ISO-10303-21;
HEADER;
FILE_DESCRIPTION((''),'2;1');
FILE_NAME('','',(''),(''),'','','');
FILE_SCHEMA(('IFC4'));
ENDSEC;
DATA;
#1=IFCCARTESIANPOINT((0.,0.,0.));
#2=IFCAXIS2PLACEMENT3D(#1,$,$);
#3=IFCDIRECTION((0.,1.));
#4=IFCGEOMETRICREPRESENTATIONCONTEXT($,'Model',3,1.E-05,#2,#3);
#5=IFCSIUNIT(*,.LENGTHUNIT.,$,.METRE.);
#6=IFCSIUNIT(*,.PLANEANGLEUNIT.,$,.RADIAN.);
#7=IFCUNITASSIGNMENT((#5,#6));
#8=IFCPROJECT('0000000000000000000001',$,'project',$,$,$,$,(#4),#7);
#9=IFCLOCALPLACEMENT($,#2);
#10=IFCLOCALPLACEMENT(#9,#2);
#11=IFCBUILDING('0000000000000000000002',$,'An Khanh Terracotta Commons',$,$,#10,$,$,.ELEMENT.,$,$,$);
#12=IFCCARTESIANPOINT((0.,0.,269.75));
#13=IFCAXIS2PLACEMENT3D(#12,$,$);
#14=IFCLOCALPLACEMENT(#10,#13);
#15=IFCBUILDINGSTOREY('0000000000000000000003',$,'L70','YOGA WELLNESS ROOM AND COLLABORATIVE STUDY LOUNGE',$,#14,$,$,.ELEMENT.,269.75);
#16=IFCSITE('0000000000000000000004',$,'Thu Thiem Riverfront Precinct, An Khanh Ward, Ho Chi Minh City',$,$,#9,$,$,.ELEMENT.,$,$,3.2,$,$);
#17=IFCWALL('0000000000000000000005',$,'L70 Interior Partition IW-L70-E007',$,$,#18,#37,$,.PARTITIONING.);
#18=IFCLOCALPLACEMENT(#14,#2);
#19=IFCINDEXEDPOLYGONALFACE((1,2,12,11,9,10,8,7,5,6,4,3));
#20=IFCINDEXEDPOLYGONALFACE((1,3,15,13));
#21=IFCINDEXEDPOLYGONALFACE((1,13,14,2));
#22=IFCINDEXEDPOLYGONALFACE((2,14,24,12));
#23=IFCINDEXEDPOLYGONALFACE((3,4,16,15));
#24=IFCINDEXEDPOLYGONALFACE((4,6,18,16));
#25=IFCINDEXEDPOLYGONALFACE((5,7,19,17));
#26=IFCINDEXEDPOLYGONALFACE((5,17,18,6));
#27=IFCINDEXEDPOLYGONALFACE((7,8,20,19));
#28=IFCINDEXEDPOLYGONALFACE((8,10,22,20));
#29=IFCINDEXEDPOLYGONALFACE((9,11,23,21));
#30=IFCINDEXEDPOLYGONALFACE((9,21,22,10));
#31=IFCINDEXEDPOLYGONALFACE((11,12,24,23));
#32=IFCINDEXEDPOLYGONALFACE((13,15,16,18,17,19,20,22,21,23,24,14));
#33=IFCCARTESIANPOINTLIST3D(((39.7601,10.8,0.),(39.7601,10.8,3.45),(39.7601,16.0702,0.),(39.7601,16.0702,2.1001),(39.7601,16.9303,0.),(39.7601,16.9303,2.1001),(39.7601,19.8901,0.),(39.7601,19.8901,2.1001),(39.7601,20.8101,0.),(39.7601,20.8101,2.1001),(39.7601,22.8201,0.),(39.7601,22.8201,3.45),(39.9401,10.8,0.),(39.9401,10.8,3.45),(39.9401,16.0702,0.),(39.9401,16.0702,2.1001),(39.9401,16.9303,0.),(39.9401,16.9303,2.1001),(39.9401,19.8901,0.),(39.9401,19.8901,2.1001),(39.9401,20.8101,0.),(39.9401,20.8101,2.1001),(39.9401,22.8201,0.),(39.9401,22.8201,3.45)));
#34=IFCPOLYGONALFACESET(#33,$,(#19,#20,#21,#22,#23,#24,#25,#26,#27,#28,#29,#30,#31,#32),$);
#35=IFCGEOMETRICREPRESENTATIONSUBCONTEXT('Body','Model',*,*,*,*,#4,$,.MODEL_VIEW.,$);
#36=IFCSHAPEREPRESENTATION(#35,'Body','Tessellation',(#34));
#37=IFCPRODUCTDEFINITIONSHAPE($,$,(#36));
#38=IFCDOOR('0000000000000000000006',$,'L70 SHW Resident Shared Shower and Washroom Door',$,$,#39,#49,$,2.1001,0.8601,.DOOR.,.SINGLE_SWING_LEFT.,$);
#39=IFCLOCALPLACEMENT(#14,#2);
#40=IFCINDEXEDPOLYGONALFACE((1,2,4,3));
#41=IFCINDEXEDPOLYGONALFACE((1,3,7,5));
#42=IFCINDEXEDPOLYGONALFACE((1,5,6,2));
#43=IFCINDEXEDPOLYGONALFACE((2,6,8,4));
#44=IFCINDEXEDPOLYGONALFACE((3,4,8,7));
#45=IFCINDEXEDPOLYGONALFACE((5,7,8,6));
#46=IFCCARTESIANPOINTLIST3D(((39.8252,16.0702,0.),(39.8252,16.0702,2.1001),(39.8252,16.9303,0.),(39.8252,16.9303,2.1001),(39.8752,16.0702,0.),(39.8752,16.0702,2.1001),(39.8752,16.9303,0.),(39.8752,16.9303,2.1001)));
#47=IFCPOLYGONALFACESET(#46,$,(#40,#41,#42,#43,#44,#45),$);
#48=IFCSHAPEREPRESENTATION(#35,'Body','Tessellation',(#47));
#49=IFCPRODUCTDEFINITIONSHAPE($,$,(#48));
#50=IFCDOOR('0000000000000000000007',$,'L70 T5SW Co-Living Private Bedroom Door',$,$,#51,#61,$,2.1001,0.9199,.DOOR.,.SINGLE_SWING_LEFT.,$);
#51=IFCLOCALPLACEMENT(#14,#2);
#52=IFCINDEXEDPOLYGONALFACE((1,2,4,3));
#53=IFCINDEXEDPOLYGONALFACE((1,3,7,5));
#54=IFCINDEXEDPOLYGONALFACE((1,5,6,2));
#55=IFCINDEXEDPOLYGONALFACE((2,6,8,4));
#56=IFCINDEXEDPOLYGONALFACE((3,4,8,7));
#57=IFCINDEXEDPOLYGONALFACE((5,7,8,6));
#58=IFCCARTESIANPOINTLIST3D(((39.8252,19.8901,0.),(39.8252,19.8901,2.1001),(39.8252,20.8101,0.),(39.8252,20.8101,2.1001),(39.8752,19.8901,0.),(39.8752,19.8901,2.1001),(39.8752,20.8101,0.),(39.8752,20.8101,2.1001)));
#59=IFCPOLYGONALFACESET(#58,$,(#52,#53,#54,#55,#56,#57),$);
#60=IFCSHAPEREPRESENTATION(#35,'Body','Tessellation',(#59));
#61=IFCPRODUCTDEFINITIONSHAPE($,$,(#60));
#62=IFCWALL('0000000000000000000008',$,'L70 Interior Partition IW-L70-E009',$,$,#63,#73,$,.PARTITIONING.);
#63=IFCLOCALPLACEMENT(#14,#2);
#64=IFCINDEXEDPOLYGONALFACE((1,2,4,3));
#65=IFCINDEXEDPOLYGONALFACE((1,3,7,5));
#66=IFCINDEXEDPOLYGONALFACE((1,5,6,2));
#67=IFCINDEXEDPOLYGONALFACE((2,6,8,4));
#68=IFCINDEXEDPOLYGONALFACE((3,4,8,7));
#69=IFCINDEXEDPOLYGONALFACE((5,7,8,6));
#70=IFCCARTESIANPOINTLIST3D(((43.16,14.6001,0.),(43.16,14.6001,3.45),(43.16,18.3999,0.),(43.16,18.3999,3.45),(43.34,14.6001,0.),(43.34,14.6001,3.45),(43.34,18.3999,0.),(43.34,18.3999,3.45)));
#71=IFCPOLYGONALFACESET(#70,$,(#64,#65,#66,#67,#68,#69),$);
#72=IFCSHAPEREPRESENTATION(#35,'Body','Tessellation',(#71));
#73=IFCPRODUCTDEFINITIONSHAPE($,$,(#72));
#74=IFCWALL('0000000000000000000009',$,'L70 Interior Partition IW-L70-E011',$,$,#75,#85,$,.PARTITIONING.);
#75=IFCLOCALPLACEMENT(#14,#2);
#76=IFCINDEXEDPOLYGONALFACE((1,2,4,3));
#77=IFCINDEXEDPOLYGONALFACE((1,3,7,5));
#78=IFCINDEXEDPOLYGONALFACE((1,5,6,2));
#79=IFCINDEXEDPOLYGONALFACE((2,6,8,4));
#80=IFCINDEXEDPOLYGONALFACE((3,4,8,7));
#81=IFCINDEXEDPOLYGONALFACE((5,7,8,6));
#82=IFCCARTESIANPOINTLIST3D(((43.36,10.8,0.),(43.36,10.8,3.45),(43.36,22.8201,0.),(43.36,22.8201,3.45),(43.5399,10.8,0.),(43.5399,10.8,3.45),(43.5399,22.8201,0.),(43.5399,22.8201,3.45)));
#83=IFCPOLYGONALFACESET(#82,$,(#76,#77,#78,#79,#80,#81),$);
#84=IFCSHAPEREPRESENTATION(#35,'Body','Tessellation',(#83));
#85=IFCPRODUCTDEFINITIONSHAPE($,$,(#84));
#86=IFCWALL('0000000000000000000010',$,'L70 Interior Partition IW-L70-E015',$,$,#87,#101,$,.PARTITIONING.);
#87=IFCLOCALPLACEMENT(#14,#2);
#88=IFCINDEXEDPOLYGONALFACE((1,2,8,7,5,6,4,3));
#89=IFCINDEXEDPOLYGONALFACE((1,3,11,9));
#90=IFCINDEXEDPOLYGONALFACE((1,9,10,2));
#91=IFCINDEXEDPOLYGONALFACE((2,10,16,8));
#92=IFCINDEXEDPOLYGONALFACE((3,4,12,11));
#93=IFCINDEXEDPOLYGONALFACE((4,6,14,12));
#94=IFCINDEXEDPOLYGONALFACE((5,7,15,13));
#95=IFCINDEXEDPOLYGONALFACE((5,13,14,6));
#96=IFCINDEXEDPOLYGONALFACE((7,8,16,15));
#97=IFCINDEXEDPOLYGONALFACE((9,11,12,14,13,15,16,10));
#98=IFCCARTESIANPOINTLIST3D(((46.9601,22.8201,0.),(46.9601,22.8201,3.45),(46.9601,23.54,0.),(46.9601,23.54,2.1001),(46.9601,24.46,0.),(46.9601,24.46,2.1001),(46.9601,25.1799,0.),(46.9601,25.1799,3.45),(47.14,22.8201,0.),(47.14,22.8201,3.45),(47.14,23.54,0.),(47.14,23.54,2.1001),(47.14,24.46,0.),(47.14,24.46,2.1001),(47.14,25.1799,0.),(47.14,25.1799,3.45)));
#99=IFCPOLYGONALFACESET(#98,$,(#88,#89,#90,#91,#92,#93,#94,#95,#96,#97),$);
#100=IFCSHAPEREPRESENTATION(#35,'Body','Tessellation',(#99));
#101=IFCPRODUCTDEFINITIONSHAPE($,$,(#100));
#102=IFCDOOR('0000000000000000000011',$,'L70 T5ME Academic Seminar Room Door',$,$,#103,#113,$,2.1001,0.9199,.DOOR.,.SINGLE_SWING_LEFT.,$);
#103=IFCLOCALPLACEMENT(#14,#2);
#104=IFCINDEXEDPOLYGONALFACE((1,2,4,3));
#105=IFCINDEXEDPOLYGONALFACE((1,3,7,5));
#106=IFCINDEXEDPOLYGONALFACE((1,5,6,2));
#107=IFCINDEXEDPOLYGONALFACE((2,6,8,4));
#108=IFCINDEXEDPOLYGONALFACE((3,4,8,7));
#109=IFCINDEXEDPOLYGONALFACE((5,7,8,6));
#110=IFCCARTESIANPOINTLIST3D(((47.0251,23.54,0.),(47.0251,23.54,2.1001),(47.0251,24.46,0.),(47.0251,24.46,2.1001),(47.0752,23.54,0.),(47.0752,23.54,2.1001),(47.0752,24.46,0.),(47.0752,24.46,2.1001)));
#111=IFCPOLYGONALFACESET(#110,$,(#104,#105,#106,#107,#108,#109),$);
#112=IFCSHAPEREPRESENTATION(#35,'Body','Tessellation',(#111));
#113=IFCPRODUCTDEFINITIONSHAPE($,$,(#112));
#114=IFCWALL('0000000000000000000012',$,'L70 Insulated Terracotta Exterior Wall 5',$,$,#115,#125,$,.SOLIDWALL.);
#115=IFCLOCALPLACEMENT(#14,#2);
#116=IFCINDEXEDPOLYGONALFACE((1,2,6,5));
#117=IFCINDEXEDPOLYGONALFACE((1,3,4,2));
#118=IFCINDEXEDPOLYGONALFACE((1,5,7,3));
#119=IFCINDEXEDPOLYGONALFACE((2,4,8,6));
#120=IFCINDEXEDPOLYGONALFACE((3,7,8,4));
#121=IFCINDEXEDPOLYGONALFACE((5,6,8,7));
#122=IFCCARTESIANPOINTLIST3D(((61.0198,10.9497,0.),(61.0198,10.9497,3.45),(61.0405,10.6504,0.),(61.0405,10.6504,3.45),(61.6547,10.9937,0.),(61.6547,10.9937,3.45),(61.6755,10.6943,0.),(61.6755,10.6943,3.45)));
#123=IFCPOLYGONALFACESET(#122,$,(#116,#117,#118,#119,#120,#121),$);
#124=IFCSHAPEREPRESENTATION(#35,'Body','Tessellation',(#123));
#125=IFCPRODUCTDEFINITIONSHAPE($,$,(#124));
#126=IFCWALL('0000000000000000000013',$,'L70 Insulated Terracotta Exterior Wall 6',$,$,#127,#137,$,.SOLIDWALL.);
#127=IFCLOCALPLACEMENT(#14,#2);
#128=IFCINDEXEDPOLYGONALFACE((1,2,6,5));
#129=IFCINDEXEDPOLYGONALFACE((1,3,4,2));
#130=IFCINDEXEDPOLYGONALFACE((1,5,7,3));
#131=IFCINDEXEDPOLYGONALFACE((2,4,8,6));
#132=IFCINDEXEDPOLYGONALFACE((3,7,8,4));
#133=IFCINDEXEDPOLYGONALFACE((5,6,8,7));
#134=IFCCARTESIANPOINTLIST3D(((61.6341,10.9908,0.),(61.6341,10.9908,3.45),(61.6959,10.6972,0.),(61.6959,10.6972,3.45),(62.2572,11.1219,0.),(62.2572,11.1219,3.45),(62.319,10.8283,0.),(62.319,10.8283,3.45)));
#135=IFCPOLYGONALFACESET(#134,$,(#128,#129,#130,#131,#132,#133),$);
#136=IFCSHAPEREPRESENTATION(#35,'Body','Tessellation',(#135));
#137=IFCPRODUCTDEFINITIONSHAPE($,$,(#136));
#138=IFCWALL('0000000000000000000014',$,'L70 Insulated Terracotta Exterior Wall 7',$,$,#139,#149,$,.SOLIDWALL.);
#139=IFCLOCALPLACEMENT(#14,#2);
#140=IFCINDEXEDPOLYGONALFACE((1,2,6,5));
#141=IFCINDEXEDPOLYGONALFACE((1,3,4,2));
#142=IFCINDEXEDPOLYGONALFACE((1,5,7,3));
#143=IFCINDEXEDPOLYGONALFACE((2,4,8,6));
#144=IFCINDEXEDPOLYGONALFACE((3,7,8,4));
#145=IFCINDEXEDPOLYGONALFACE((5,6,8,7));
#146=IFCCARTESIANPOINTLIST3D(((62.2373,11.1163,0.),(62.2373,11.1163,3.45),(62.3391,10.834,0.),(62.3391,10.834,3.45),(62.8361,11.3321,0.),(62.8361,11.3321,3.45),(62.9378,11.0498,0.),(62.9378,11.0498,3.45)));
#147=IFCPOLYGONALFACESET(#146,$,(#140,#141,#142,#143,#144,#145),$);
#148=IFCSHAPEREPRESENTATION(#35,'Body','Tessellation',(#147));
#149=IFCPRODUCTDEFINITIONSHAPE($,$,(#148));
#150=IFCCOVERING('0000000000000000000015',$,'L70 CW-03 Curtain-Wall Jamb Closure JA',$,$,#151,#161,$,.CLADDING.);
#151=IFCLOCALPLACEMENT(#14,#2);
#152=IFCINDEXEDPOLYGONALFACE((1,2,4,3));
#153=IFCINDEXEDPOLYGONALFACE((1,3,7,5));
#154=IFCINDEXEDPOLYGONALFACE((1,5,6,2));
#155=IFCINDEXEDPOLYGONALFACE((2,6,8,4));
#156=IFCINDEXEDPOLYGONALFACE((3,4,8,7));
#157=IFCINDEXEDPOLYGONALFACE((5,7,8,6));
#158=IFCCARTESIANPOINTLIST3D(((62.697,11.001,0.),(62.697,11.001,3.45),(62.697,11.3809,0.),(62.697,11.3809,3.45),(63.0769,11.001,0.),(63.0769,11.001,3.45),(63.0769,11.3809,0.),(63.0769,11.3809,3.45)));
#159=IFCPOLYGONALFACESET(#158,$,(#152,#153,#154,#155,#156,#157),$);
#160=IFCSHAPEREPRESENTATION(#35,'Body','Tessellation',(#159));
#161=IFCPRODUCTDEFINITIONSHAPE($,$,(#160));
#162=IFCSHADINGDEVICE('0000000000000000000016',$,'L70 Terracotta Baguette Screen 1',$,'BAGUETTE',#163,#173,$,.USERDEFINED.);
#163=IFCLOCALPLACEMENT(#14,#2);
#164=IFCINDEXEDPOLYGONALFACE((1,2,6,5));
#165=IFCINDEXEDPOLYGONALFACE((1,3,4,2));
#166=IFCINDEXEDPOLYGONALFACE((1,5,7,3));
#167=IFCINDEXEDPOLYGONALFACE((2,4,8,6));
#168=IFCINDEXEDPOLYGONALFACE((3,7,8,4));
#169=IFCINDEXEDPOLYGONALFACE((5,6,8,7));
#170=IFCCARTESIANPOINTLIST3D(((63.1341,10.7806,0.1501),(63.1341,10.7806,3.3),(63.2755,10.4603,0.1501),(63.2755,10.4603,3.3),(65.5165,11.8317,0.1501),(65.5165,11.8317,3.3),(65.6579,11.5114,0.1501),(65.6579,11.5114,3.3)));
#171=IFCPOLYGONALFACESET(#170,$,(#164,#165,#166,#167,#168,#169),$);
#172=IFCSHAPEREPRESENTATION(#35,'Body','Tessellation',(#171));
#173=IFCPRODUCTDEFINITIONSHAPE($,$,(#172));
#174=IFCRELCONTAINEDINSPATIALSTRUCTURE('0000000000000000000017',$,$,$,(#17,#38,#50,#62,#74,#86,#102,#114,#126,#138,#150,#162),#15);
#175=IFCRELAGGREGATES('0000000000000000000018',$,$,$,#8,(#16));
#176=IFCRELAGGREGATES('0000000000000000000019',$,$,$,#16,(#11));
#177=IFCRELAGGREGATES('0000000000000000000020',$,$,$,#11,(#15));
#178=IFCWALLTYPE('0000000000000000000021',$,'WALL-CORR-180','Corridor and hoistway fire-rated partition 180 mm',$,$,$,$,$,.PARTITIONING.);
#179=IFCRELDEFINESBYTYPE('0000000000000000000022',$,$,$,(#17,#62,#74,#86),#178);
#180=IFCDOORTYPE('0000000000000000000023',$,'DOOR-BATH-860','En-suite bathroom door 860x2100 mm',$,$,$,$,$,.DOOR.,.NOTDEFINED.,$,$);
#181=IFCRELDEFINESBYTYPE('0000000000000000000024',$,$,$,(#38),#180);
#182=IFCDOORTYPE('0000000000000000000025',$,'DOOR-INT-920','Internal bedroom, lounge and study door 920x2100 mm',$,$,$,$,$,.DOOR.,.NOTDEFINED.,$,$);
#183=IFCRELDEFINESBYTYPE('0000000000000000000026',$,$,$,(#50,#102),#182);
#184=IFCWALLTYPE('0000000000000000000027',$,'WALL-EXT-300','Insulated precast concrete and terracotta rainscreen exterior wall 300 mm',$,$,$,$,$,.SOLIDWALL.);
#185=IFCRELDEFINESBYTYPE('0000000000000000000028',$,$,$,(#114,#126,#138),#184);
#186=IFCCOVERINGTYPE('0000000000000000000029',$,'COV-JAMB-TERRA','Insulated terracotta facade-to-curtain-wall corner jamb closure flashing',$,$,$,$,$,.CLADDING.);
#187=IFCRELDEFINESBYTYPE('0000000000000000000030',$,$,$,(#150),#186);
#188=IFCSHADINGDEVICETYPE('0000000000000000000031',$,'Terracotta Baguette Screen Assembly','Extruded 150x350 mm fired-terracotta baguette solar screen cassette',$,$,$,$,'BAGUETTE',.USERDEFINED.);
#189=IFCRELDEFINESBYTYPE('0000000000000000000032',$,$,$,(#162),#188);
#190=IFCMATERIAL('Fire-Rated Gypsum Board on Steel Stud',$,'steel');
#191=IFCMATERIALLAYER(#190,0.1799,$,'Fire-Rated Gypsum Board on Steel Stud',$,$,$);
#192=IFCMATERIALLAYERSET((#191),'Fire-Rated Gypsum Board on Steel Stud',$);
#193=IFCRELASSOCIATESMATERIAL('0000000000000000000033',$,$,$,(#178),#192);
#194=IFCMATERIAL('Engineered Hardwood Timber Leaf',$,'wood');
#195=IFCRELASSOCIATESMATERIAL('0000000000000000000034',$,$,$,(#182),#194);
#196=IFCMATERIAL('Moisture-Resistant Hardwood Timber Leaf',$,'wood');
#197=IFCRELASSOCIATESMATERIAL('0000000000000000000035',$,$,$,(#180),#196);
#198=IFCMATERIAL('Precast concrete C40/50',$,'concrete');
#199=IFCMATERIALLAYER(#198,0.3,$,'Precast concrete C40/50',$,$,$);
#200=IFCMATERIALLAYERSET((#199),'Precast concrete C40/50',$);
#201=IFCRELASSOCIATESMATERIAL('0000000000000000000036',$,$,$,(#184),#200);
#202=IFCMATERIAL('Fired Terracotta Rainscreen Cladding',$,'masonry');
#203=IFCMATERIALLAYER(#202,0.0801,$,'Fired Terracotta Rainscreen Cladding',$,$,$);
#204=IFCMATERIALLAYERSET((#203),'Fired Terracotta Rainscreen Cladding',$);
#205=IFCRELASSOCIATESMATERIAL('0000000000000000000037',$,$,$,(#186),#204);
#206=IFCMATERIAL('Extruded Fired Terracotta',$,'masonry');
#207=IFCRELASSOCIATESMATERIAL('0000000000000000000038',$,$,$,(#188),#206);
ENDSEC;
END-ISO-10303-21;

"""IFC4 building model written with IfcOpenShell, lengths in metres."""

from ifc_helpers import new_model, si_unit, direction, frame, frame_2d, origin, origin_2d, place, context, subcontext, project, spatial, rectangle, extrude, material, layer, layer_set, type_object, element, fill, save


model = new_model("IFC4")

# Units and contexts
model_context = context("Model", 3, precision=1e-05, world=origin(), true_north=direction((0.0, 1.0)))
body_context = subcontext(model_context, "Body", "Model", "MODEL_VIEW")
ifc_project = project(units=[si_unit("LENGTHUNIT", "METRE"), si_unit("PLANEANGLEUNIT", "RADIAN")], contexts=[model_context])

# Site, building, storey
site_placement = place(None, origin())
site = spatial("IfcSite", under=ifc_project, at=site_placement, Name="Thu Thiem Riverfront Precinct, An Khanh Ward, Ho Chi Minh City", CompositionType="ELEMENT", RefElevation=3.2)
building_placement = place(site_placement, origin())
building = spatial("IfcBuilding", under=site, at=building_placement, Name="An Khanh Terracotta Commons", CompositionType="ELEMENT")
storey_placement = place(building_placement, frame((0.0, 0.0, 269.75)))
storey = spatial("IfcBuildingStorey", under=building, at=storey_placement, Name="L70", Description="YOGA WELLNESS ROOM AND COLLABORATIVE STUDY LOUNGE", CompositionType="ELEMENT", Elevation=269.75)

# Shared definitions
ifc_material_1 = material(Name="Fire-Rated Gypsum Board on Steel Stud", Category="steel")
ifc_layer_1 = layer(ifc_material_1, 0.1799, Name="Fire-Rated Gypsum Board on Steel Stud")
ifc_layer_set_1 = layer_set([ifc_layer_1], Name="Fire-Rated Gypsum Board on Steel Stud")
wall_type_1 = type_object("IfcWallType", Name="WALL-CORR-180", Description="Corridor and hoistway fire-rated partition 180 mm", PredefinedType="PARTITIONING", material=ifc_layer_set_1)
ifc_material_2 = material(Name="Engineered Hardwood Timber Leaf", Category="wood")
door_type_1 = type_object("IfcDoorType", Name="DOOR-INT-920", Description="Internal bedroom, lounge and study door 920x2100 mm", OperationType="NOTDEFINED", PredefinedType="DOOR", material=ifc_material_2)

# Wall, openings, doors
wall_1_placement = place(storey_placement, frame((39.8501, 10.8, 0.0), z_axis=(0.0, 0.0, 1.0), x_axis=(0.0, 1.0, 0.0)))
wall_1 = element("IfcWall", 1, at=wall_1_placement, inside=storey, type_object=wall_type_1, Name="L70 Interior Partition IW-L70-E007", PredefinedType="PARTITIONING", context=body_context, shape_type="SweptSolid", body=[
    extrude(rectangle(XDim=12.02, YDim=0.1799, at=frame_2d((6.01, 0.0))), origin(), (0.0, 0.0, 1.0), 3.45),
])
opening_1_placement = place(wall_1_placement, frame((5.27, 0.0, 0.0)))
opening_1 = element("IfcOpeningElement", 2, at=opening_1_placement, cuts=wall_1, PredefinedType="OPENING", context=body_context, shape_type="SweptSolid", body=[
    extrude(rectangle(XDim=0.8601, YDim=2.1001, at=frame_2d((0.4302, 1.05))), frame((0.0, 0.0999, 0.0), z_axis=(0.0, -1.0, 0.0), x_axis=(1.0, 0.0, 0.0)), (0.0, 0.0, 1.0), 0.2),
])
opening_2_placement = place(wall_1_placement, frame((9.0901, 0.0, 0.0)))
opening_2 = element("IfcOpeningElement", 3, at=opening_2_placement, cuts=wall_1, PredefinedType="OPENING", context=body_context, shape_type="SweptSolid", body=[
    extrude(rectangle(XDim=0.9199, YDim=2.1001, at=frame_2d((0.46, 1.05))), frame((0.0, 0.0999, 0.0), z_axis=(0.0, -1.0, 0.0), x_axis=(1.0, 0.0, 0.0)), (0.0, 0.0, 1.0), 0.2),
])
ifc_material_3 = material(Name="Moisture-Resistant Hardwood Timber Leaf", Category="wood")
door_type_2 = type_object("IfcDoorType", Name="DOOR-BATH-860", Description="En-suite bathroom door 860x2100 mm", OperationType="NOTDEFINED", PredefinedType="DOOR", material=ifc_material_3)
door_1_placement = place(opening_1_placement, origin())
door_1 = element("IfcDoor", 4, at=door_1_placement, inside=storey, type_object=door_type_2, Name="L70 SHW Resident Shared Shower and Washroom Door", OperationType="SINGLE_SWING_LEFT", OverallHeight=2.1001, OverallWidth=0.8601, PredefinedType="DOOR", context=body_context, shape_type="SweptSolid", body=[
    extrude(rectangle(XDim=0.8601, YDim=2.1001, at=frame_2d((0.4302, 1.05))), frame((0.0, 0.0249, 0.0), z_axis=(0.0, -1.0, 0.0), x_axis=(1.0, 0.0, 0.0)), (0.0, 0.0, 1.0), 0.05),
])
fill(opening_1, door_1)
door_2_placement = place(opening_2_placement, origin())
door_2 = element("IfcDoor", 5, at=door_2_placement, inside=storey, type_object=door_type_1, Name="L70 T5SW Co-Living Private Bedroom Door", OperationType="SINGLE_SWING_LEFT", OverallHeight=2.1001, OverallWidth=0.9199, PredefinedType="DOOR", context=body_context, shape_type="SweptSolid", body=[
    extrude(rectangle(XDim=0.9199, YDim=2.1001, at=frame_2d((0.46, 1.05))), frame((0.0, 0.0249, 0.0), z_axis=(0.0, -1.0, 0.0), x_axis=(1.0, 0.0, 0.0)), (0.0, 0.0, 1.0), 0.05),
])
fill(opening_2, door_2)

# Walls
wall_2_placement = place(storey_placement, frame((43.25, 14.6001, 0.0), z_axis=(0.0, 0.0, 1.0), x_axis=(0.0, 1.0, 0.0)))
element("IfcWall", 6, at=wall_2_placement, inside=storey, type_object=wall_type_1, Name="L70 Interior Partition IW-L70-E009", PredefinedType="PARTITIONING", context=body_context, shape_type="SweptSolid", body=[
    extrude(rectangle(XDim=3.7998, YDim=0.1799, at=frame_2d((1.8999, 0.0))), origin(), (0.0, 0.0, 1.0), 3.45),
])
wall_3_placement = place(storey_placement, frame((43.45, 10.8, 0.0), z_axis=(0.0, 0.0, 1.0), x_axis=(0.0, 1.0, 0.0)))
element("IfcWall", 7, at=wall_3_placement, inside=storey, type_object=wall_type_1, Name="L70 Interior Partition IW-L70-E011", PredefinedType="PARTITIONING", context=body_context, shape_type="SweptSolid", body=[
    extrude(rectangle(XDim=12.02, YDim=0.1799, at=frame_2d((6.01, 0.0))), origin(), (0.0, 0.0, 1.0), 3.45),
])

# Wall, opening, door
wall_4_placement = place(storey_placement, frame((47.05, 22.8201, 0.0), z_axis=(0.0, 0.0, 1.0), x_axis=(0.0, 1.0, 0.0)))
wall_4 = element("IfcWall", 8, at=wall_4_placement, inside=storey, type_object=wall_type_1, Name="L70 Interior Partition IW-L70-E015", PredefinedType="PARTITIONING", context=body_context, shape_type="SweptSolid", body=[
    extrude(rectangle(XDim=2.3599, YDim=0.1799, at=frame_2d((1.1799, 0.0))), origin(), (0.0, 0.0, 1.0), 3.45),
])
opening_3_placement = place(wall_4_placement, frame((0.72, 0.0, 0.0)))
opening_3 = element("IfcOpeningElement", 9, at=opening_3_placement, cuts=wall_4, PredefinedType="OPENING", context=body_context, shape_type="SweptSolid", body=[
    extrude(rectangle(XDim=0.9199, YDim=2.1001, at=frame_2d((0.46, 1.05))), frame((0.0, 0.0999, 0.0), z_axis=(0.0, -1.0, 0.0), x_axis=(1.0, 0.0, 0.0)), (0.0, 0.0, 1.0), 0.2),
])
door_3_placement = place(opening_3_placement, origin())
door_3 = element("IfcDoor", 10, at=door_3_placement, inside=storey, type_object=door_type_1, Name="L70 T5ME Academic Seminar Room Door", OperationType="SINGLE_SWING_LEFT", OverallHeight=2.1001, OverallWidth=0.9199, PredefinedType="DOOR", context=body_context, shape_type="SweptSolid", body=[
    extrude(rectangle(XDim=0.9199, YDim=2.1001, at=frame_2d((0.46, 1.05))), frame((0.0, 0.0249, 0.0), z_axis=(0.0, -1.0, 0.0), x_axis=(1.0, 0.0, 0.0)), (0.0, 0.0, 1.0), 0.05),
])
fill(opening_3, door_3)

# Walls
ifc_material_4 = material(Name="Precast concrete C40/50", Category="concrete")
ifc_layer_2 = layer(ifc_material_4, 0.3, Name="Precast concrete C40/50")
ifc_layer_set_2 = layer_set([ifc_layer_2], Name="Precast concrete C40/50")
wall_type_2 = type_object("IfcWallType", Name="WALL-EXT-300", Description="Insulated precast concrete and terracotta rainscreen exterior wall 300 mm", PredefinedType="SOLIDWALL", material=ifc_layer_set_2)
wall_5_placement = place(storey_placement, frame((61.03, 10.8, 0.0), z_axis=(0.0, 0.0, 1.0), x_axis=(0.997614, 0.069039, 0.0)))
element("IfcWall", 11, at=wall_5_placement, inside=storey, type_object=wall_type_2, Name="L70 Insulated Terracotta Exterior Wall 5", PredefinedType="SOLIDWALL", context=body_context, shape_type="SweptSolid", body=[
    extrude(rectangle(XDim=0.6365, YDim=0.3, at=frame_2d((0.3184, 0.0))), origin(), (0.0, 0.0, 1.0), 3.45),
])
wall_6_placement = place(storey_placement, frame((61.665, 10.844, 0.0), z_axis=(0.0, 0.0, 1.0), x_axis=(0.97857, 0.205914, 0.0)))
element("IfcWall", 12, at=wall_6_placement, inside=storey, type_object=wall_type_2, Name="L70 Insulated Terracotta Exterior Wall 6", PredefinedType="SOLIDWALL", context=body_context, shape_type="SweptSolid", body=[
    extrude(rectangle(XDim=0.6367, YDim=0.3, at=frame_2d((0.3184, 0.0))), origin(), (0.0, 0.0, 1.0), 3.45),
])
wall_7_placement = place(storey_placement, frame((62.2881, 10.9751, 0.0), z_axis=(0.0, 0.0, 1.0), x_axis=(0.940775, 0.339032, 0.0)))
element("IfcWall", 13, at=wall_7_placement, inside=storey, type_object=wall_type_2, Name="L70 Insulated Terracotta Exterior Wall 7", PredefinedType="SOLIDWALL", context=body_context, shape_type="SweptSolid", body=[
    extrude(rectangle(XDim=0.6365, YDim=0.3, at=frame_2d((0.3184, 0.0))), origin(), (0.0, 0.0, 1.0), 3.45),
])

# Covering
ifc_material_5 = material(Name="Fired Terracotta Rainscreen Cladding", Category="masonry")
ifc_layer_3 = layer(ifc_material_5, 0.0801, Name="Fired Terracotta Rainscreen Cladding")
ifc_layer_set_3 = layer_set([ifc_layer_3], Name="Fired Terracotta Rainscreen Cladding")
covering_type = type_object("IfcCoveringType", Name="COV-JAMB-TERRA", Description="Insulated terracotta facade-to-curtain-wall corner jamb closure flashing", PredefinedType="CLADDING", material=ifc_layer_set_3)
covering_placement = place(storey_placement, frame((62.887, 11.1909, 0.0), z_axis=(0.0, 0.0, 1.0), x_axis=(1.0, 0.0, 0.0)))
element("IfcCovering", 14, at=covering_placement, inside=storey, type_object=covering_type, Name="L70 CW-03 Curtain-Wall Jamb Closure JA", PredefinedType="CLADDING", context=body_context, shape_type="SweptSolid", body=[
    extrude(rectangle(XDim=0.3799, YDim=0.3799, at=origin_2d()), origin(), (0.0, 0.0, 1.0), 3.45),
])

# Shading device
ifc_material_6 = material(Name="Extruded Fired Terracotta", Category="masonry")
shading_device_type = type_object("IfcShadingDeviceType", Name="Terracotta Baguette Screen Assembly", Description="Extruded 150x350 mm fired-terracotta baguette solar screen cassette", ElementType="BAGUETTE", PredefinedType="USERDEFINED", material=ifc_material_6)
shading_device_placement = place(storey_placement, frame((64.396, 11.146, 0.1501), z_axis=(0.0, 0.0, 1.0), x_axis=(0.914902, 0.403676, 0.0)))
element("IfcShadingDevice", 15, at=shading_device_placement, inside=storey, type_object=shading_device_type, Name="L70 Terracotta Baguette Screen 1", ObjectType="BAGUETTE", PredefinedType="USERDEFINED", context=body_context, shape_type="SweptSolid", body=[
    extrude(rectangle(XDim=2.604, YDim=0.3501, at=origin_2d()), origin(), (0.0, 0.0, 1.0), 3.1499),
])

save(model, "model.ifc")
